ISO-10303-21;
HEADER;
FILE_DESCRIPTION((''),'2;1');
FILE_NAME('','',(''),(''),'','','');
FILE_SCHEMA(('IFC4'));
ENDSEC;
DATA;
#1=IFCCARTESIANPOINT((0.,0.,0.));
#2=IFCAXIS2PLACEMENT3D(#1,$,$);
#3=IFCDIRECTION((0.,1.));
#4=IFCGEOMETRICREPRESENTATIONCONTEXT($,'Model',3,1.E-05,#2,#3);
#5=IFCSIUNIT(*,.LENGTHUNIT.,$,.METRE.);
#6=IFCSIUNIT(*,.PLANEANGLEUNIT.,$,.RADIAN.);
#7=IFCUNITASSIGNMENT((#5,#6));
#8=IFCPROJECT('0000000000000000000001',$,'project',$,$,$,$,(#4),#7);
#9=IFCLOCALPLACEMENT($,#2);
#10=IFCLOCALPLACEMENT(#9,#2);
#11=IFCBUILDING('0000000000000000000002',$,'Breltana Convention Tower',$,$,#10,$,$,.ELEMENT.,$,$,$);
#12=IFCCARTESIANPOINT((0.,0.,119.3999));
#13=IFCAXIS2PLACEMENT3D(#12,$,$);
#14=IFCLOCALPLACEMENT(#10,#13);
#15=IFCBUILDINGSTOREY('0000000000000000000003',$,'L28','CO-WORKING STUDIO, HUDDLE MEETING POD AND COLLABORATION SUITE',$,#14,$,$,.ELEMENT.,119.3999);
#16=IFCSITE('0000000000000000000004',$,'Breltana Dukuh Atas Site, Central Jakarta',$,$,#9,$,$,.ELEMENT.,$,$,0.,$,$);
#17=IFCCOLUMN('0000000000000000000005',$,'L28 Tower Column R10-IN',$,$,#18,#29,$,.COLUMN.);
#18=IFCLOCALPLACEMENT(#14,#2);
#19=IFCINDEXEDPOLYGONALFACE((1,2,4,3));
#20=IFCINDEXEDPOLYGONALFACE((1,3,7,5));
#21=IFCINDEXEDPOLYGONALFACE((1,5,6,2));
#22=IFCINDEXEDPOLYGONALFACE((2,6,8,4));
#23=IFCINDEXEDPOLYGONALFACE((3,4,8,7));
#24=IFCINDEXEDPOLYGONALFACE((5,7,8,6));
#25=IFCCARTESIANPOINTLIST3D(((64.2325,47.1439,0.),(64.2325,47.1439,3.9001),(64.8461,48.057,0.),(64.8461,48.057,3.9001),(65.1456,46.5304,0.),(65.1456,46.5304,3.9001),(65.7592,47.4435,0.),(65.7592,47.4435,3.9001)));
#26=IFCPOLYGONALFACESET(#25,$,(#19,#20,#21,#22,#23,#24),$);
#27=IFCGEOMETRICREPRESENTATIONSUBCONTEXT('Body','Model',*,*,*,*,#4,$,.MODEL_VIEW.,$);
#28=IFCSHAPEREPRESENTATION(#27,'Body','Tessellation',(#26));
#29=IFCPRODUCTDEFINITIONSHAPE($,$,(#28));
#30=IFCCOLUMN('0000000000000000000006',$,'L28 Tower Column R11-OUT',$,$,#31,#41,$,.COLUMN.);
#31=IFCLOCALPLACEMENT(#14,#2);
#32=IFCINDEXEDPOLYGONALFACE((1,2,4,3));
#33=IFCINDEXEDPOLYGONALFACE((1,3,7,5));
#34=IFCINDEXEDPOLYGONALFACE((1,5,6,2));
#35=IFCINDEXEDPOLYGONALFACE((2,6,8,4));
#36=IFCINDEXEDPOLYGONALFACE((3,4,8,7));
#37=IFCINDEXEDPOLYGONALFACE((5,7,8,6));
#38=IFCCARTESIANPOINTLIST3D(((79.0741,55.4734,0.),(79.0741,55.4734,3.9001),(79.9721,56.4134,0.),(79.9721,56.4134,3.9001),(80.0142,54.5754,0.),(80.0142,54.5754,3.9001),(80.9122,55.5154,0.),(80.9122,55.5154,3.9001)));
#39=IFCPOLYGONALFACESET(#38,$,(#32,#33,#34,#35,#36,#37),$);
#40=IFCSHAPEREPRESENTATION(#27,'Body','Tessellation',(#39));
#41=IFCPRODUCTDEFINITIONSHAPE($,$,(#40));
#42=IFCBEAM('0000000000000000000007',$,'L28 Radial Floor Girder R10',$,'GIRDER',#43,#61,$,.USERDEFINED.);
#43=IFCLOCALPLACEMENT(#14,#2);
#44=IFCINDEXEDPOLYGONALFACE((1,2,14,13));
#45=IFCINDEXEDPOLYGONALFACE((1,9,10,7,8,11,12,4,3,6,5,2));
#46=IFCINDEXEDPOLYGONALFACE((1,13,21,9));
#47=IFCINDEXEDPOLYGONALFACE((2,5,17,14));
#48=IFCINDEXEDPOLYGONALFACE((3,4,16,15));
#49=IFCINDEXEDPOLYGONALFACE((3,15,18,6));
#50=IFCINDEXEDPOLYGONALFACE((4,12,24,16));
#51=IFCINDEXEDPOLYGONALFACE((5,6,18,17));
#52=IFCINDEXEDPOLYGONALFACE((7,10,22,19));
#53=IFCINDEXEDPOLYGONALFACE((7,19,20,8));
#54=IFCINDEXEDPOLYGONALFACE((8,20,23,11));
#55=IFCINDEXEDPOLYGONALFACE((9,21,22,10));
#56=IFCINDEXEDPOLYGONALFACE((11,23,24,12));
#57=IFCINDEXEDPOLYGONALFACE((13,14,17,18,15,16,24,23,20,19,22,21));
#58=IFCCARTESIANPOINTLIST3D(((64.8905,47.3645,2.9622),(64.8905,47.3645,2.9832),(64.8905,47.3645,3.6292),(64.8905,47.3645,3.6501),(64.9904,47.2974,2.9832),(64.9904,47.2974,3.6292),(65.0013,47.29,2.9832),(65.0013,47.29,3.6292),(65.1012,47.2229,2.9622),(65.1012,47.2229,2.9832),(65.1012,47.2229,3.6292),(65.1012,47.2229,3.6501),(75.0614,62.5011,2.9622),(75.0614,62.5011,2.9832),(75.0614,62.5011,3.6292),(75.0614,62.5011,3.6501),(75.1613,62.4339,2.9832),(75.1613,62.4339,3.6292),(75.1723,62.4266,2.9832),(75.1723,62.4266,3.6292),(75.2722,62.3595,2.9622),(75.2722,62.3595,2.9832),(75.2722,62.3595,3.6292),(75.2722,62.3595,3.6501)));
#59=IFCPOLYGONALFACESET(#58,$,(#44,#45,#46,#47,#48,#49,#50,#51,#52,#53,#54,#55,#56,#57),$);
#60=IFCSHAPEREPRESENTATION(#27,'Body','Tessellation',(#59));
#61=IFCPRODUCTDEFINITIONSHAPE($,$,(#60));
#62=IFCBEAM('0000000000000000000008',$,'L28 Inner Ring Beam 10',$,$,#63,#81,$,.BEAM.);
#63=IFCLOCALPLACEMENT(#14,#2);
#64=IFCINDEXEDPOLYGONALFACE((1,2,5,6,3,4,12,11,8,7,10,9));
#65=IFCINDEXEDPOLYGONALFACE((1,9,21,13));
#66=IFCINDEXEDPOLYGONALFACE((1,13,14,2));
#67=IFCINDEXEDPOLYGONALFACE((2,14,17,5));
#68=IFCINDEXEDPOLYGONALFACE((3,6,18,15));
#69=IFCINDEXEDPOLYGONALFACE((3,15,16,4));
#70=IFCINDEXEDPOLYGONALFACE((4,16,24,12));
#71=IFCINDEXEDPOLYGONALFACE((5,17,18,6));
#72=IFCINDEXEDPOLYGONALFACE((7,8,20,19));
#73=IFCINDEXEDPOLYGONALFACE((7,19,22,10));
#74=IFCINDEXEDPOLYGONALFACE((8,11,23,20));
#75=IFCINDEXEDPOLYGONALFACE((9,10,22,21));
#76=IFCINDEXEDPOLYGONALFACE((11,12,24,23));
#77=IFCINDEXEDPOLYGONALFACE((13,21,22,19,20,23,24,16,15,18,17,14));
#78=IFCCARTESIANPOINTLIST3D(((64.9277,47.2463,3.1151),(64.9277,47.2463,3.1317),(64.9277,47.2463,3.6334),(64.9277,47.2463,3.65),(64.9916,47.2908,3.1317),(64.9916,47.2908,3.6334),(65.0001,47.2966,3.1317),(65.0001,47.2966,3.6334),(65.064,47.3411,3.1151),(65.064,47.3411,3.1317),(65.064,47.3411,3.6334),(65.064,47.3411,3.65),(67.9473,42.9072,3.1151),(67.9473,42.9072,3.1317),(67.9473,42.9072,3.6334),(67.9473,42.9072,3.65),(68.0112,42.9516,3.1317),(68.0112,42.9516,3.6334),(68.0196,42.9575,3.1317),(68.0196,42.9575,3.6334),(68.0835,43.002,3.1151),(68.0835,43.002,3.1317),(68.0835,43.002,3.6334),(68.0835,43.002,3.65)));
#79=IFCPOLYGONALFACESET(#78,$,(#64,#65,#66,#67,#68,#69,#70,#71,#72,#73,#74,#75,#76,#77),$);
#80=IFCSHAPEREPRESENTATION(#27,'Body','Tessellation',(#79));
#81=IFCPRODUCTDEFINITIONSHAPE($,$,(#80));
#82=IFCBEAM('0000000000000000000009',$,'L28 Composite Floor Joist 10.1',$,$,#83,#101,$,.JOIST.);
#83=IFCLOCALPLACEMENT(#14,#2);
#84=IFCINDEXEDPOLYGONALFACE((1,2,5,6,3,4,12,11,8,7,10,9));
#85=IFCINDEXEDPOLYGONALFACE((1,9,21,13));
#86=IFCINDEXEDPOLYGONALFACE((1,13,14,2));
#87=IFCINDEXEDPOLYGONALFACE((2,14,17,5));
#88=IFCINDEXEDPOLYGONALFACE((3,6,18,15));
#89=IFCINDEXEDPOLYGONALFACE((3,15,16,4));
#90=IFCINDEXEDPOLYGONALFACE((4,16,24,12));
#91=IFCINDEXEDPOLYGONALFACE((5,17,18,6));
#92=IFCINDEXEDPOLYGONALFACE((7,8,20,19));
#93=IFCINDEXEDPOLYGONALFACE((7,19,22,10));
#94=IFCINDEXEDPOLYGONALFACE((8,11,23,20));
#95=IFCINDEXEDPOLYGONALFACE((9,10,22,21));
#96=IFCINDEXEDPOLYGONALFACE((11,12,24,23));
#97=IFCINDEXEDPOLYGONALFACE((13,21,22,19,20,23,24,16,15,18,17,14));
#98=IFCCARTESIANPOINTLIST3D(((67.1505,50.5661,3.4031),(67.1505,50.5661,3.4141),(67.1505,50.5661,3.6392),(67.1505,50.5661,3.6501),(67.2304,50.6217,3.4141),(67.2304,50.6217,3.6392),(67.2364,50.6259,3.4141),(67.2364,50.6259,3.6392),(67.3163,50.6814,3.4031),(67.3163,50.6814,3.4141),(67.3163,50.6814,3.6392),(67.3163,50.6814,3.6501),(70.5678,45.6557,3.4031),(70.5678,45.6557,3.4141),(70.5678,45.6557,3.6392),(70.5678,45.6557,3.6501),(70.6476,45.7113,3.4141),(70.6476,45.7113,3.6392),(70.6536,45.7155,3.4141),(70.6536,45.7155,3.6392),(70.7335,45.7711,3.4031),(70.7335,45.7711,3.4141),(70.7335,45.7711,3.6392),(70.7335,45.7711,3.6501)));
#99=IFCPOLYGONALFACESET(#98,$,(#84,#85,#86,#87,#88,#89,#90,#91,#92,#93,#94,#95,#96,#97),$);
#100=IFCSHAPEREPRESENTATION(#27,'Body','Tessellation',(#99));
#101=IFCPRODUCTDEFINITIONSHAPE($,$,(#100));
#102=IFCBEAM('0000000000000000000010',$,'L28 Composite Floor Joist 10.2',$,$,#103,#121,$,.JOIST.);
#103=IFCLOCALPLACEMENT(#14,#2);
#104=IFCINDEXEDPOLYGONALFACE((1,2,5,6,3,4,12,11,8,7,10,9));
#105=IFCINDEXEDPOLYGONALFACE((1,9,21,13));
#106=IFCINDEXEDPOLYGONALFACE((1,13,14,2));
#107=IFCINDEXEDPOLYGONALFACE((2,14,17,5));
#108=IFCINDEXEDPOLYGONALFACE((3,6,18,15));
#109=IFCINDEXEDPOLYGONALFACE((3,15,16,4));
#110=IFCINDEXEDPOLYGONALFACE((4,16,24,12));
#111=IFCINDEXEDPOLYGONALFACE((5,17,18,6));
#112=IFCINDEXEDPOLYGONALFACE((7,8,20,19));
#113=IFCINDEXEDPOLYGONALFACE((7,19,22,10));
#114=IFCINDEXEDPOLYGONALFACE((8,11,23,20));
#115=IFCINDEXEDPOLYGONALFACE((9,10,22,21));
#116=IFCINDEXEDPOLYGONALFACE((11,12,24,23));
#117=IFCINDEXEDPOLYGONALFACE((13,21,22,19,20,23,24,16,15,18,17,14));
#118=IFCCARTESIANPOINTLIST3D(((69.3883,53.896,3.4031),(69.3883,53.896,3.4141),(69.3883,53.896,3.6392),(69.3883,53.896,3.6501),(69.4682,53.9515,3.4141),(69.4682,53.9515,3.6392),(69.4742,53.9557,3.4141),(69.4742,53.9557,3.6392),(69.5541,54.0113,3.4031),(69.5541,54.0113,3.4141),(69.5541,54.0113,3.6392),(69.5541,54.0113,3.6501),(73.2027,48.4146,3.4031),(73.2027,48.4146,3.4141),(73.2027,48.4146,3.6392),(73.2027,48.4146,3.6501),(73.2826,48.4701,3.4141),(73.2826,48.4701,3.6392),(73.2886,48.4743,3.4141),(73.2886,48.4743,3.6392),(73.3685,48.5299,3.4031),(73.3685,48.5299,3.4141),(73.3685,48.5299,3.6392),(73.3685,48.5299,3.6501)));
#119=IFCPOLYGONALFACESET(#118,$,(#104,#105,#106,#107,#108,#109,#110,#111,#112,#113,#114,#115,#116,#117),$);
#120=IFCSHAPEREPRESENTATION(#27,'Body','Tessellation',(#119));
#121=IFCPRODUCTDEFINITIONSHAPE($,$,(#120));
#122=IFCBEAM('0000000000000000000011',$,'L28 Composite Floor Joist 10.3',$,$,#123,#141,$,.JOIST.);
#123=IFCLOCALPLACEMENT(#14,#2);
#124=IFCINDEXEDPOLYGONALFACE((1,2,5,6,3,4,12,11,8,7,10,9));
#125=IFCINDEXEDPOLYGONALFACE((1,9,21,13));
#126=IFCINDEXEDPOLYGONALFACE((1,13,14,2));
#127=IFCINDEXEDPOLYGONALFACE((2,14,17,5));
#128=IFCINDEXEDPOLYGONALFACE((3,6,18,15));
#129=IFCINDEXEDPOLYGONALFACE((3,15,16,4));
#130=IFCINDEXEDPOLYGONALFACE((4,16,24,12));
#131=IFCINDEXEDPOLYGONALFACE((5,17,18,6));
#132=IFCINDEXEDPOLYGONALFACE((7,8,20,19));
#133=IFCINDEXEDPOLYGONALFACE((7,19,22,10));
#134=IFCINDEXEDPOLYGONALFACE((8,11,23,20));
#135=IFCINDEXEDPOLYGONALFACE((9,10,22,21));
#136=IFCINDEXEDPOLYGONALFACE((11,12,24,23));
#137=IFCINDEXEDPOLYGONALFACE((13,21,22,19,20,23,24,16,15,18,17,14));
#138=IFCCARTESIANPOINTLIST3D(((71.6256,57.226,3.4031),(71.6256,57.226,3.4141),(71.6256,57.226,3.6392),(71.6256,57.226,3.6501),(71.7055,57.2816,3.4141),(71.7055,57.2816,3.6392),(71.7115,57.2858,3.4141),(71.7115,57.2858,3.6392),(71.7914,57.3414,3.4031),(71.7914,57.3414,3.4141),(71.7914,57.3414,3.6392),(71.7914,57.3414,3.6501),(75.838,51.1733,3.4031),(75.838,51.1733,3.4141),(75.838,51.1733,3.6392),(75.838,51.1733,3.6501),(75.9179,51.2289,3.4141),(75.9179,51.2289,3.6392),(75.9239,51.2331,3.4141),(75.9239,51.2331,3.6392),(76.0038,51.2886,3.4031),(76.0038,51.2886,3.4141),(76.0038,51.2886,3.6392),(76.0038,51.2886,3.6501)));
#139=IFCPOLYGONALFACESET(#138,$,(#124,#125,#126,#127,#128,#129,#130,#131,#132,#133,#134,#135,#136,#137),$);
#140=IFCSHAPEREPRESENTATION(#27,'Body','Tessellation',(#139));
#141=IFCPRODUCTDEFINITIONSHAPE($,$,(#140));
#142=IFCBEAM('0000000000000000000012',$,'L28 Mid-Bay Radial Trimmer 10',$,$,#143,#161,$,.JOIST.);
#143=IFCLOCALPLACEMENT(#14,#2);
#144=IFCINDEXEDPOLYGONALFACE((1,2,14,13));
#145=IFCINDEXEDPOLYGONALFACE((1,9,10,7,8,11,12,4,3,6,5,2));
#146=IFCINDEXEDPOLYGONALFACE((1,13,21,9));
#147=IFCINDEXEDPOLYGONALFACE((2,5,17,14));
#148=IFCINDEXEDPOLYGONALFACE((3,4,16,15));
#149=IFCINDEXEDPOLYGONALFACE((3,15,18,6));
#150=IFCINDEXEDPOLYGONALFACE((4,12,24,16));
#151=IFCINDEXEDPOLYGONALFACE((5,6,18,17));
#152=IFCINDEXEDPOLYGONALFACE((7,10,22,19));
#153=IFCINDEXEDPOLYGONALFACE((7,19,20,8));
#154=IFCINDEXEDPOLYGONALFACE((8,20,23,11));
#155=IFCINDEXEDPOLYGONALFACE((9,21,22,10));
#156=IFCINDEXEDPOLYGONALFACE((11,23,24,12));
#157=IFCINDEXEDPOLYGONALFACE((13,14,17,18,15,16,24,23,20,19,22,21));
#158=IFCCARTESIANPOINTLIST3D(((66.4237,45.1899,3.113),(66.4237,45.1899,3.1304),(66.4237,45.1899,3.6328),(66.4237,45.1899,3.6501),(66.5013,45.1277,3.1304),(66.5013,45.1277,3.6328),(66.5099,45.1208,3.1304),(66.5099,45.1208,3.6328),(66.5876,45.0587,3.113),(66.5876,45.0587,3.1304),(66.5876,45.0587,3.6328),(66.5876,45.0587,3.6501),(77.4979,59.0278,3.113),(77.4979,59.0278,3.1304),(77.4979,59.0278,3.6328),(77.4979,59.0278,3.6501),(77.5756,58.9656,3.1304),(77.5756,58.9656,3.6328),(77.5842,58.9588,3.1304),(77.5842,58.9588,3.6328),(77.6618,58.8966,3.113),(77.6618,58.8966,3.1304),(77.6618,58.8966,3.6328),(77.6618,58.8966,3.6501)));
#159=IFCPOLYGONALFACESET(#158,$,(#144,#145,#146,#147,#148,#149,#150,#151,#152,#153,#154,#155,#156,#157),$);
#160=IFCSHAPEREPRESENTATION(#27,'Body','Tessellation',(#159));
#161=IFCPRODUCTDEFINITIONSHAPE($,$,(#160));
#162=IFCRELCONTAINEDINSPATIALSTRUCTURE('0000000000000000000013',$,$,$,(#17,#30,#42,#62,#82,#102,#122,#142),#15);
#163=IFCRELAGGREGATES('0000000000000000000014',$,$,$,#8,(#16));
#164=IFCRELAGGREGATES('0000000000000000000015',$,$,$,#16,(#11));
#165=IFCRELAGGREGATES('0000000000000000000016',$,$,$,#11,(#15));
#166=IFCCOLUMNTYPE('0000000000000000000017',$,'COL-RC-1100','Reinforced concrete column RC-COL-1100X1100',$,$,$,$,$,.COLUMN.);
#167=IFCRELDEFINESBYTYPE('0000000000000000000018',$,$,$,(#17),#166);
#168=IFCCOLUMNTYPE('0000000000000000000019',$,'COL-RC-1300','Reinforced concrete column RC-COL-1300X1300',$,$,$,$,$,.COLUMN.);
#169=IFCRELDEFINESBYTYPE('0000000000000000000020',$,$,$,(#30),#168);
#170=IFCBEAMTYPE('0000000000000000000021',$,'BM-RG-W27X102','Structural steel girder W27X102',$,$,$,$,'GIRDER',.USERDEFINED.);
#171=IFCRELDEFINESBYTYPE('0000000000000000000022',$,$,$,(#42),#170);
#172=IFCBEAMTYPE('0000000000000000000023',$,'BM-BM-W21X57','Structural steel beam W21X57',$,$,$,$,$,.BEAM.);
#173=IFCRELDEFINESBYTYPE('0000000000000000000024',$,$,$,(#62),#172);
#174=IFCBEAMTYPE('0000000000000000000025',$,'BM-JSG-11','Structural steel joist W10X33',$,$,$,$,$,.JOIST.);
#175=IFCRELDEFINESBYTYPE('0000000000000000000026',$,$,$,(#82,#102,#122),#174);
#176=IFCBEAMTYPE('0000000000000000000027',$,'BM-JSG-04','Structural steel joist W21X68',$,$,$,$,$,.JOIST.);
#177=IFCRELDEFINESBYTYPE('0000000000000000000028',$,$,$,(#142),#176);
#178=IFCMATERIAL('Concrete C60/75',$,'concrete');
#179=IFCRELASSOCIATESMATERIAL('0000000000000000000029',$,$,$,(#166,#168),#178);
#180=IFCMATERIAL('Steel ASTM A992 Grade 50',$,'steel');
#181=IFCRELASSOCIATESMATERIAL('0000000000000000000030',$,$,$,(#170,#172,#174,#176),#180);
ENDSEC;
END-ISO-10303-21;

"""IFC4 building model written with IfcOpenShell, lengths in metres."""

from ifc_helpers import new_model, si_unit, direction, frame, origin, origin_2d, place, context, subcontext, project, spatial, rectangle, i_section, extrude, source, transform, mapped, material, material_profile, profile_set, type_object, element, save


model = new_model("IFC4")

# Units and contexts
model_context = context("Model", 3, precision=1e-05, world=origin(), true_north=direction((0.0, 1.0)))
body_context = subcontext(model_context, "Body", "Model", "MODEL_VIEW")
ifc_project = project(units=[si_unit("LENGTHUNIT", "METRE"), si_unit("PLANEANGLEUNIT", "RADIAN")], contexts=[model_context])

# Site, building, storey
site_placement = place(None, origin())
site = spatial("IfcSite", under=ifc_project, at=site_placement, Name="Breltana Dukuh Atas Site, Central Jakarta", CompositionType="ELEMENT", RefElevation=0.0)
building_placement = place(site_placement, origin())
building = spatial("IfcBuilding", under=site, at=building_placement, Name="Breltana Convention Tower", CompositionType="ELEMENT")
storey_placement = place(building_placement, frame((0.0, 0.0, 119.3999)))
storey = spatial("IfcBuildingStorey", under=building, at=storey_placement, Name="L28", Description="CO-WORKING STUDIO, HUDDLE MEETING POD AND COLLABORATION SUITE", CompositionType="ELEMENT", Elevation=119.3999)

# Columns
ifc_material_1 = material(Name="Concrete C60/75", Category="concrete")
ifc_material_profile_1 = material_profile(ifc_material_1, rectangle(XDim=1.1001, YDim=1.1001, at=origin_2d()), Name="RC-COL-1100X1100")
ifc_profile_set_1 = profile_set([ifc_material_profile_1], Name="Concrete C60/75")
column_type_1 = type_object("IfcColumnType", Name="COL-RC-1100", Description="Reinforced concrete column RC-COL-1100X1100", PredefinedType="COLUMN", material=ifc_profile_set_1)
shared_shape_1 = source(origin(), body_context, "Body", "SweptSolid", [
    extrude(rectangle(XDim=1.1001, YDim=1.1001, at=origin_2d()), origin(), (0.0, 0.0, 1.0), 3.9001),
])
column_1_placement = place(storey_placement, frame((64.9958, 47.2937, 0.0), z_axis=(0.0, 0.0, 1.0), x_axis=(0.557745, 0.830012, 0.0)))
element("IfcColumn", 1, at=column_1_placement, inside=storey, type_object=column_type_1, Name="L28 Tower Column R10-IN", PredefinedType="COLUMN", context=body_context, shape_type="MappedRepresentation", body=[
    mapped(shared_shape_1, transform((0.0, 0.0, 0.0), scale=1.0)),
])
ifc_material_profile_2 = material_profile(ifc_material_1, rectangle(XDim=1.3, YDim=1.3, at=origin_2d()), Name="RC-COL-1300X1300")
ifc_profile_set_2 = profile_set([ifc_material_profile_2], Name="Concrete C60/75")
column_type_2 = type_object("IfcColumnType", Name="COL-RC-1300", Description="Reinforced concrete column RC-COL-1300X1300", PredefinedType="COLUMN", material=ifc_profile_set_2)
shared_shape_2 = source(origin(), body_context, "Body", "SweptSolid", [
    extrude(rectangle(XDim=1.3, YDim=1.3, at=origin_2d()), origin(), (0.0, 0.0, 1.0), 3.9001),
])
column_2_placement = place(storey_placement, frame((79.9932, 55.4944, 0.0), z_axis=(0.0, 0.0, 1.0), x_axis=(0.690756, 0.723088, 0.0)))
element("IfcColumn", 2, at=column_2_placement, inside=storey, type_object=column_type_2, Name="L28 Tower Column R11-OUT", PredefinedType="COLUMN", context=body_context, shape_type="MappedRepresentation", body=[
    mapped(shared_shape_2, transform((0.0, 0.0, 0.0), scale=1.0)),
])

# Beams
ifc_material_2 = material(Name="Steel ASTM A992 Grade 50", Category="steel")
ifc_material_profile_3 = material_profile(ifc_material_2, i_section(OverallWidth=0.2539, OverallDepth=0.688, WebThickness=0.0132, FlangeThickness=0.021, at=origin_2d()), Name="W27X102")
ifc_profile_set_3 = profile_set([ifc_material_profile_3], Name="Steel ASTM A992 Grade 50")
beam_type_1 = type_object("IfcBeamType", Name="BM-RG-W27X102", Description="Structural steel girder W27X102", ElementType="GIRDER", PredefinedType="USERDEFINED", material=ifc_profile_set_3)
shared_shape_3 = source(origin(), body_context, "Body", "SweptSolid", [
    extrude(i_section(OverallWidth=0.2539, OverallDepth=0.688, WebThickness=0.0132, FlangeThickness=0.021, at=origin_2d()), origin(), (0.0, 0.0, 1.0), 18.2363),
])
beam_1_placement = place(storey_placement, frame((64.9958, 47.2937, 3.3062), z_axis=(0.55773, 0.830022, 0.0), x_axis=(-0.830022, 0.55773, 0.0)))
element("IfcBeam", 3, at=beam_1_placement, inside=storey, type_object=beam_type_1, Name="L28 Radial Floor Girder R10", ObjectType="GIRDER", PredefinedType="USERDEFINED", context=body_context, shape_type="MappedRepresentation", body=[
    mapped(shared_shape_3, transform((0.0, 0.0, 0.0), scale=1.0)),
])
ifc_material_profile_4 = material_profile(ifc_material_2, i_section(OverallWidth=0.166, OverallDepth=0.5349, WebThickness=0.0103, FlangeThickness=0.0166, at=origin_2d()), Name="W21X57")
ifc_profile_set_4 = profile_set([ifc_material_profile_4], Name="Steel ASTM A992 Grade 50")
beam_type_2 = type_object("IfcBeamType", Name="BM-BM-W21X57", Description="Structural steel beam W21X57", PredefinedType="BEAM", material=ifc_profile_set_4)
shared_shape_4 = source(origin(), body_context, "Body", "SweptSolid", [
    extrude(i_section(OverallWidth=0.166, OverallDepth=0.5349, WebThickness=0.0103, FlangeThickness=0.0166, at=origin_2d()), origin(), (0.0, 0.0, 1.0), 5.2864),
])
beam_2_placement = place(storey_placement, frame((64.9958, 47.2937, 3.3826), z_axis=(0.571194, -0.820815, 0.0), x_axis=(0.820815, 0.571194, 0.0)))
element("IfcBeam", 4, at=beam_2_placement, inside=storey, type_object=beam_type_2, Name="L28 Inner Ring Beam 10", PredefinedType="BEAM", context=body_context, shape_type="MappedRepresentation", body=[
    mapped(shared_shape_4, transform((0.0, 0.0, 0.0), scale=1.0)),
])
ifc_material_profile_5 = material_profile(ifc_material_2, i_section(OverallWidth=0.2019, OverallDepth=0.2471, WebThickness=0.0073, FlangeThickness=0.011, at=origin_2d()), Name="W10X33")
ifc_profile_set_5 = profile_set([ifc_material_profile_5], Name="Steel ASTM A992 Grade 50")
beam_type_3 = type_object("IfcBeamType", Name="BM-JSG-11", Description="Structural steel joist W10X33", PredefinedType="JOIST", material=ifc_profile_set_5)
shared_shape_5 = source(origin(), body_context, "Body", "SweptSolid", [
    extrude(i_section(OverallWidth=0.2019, OverallDepth=0.2471, WebThickness=0.0073, FlangeThickness=0.011, at=origin_2d()), origin(), (0.0, 0.0, 1.0), 5.9824),
])
beam_3_placement = place(storey_placement, frame((67.2334, 50.6238, 3.5266), z_axis=(0.571212, -0.820803, 0.0), x_axis=(0.820803, 0.571212, 0.0)))
element("IfcBeam", 5, at=beam_3_placement, inside=storey, type_object=beam_type_3, Name="L28 Composite Floor Joist 10.1", PredefinedType="JOIST", context=body_context, shape_type="MappedRepresentation", body=[
    mapped(shared_shape_5, transform((0.0, 0.0, 0.0), scale=1.0)),
])
shared_shape_6 = source(origin(), body_context, "Body", "SweptSolid", [
    extrude(i_section(OverallWidth=0.2019, OverallDepth=0.2471, WebThickness=0.0073, FlangeThickness=0.011, at=origin_2d()), origin(), (0.0, 0.0, 1.0), 6.678),
])
beam_4_placement = place(storey_placement, frame((69.4712, 53.9536, 3.5266), z_axis=(0.571193, -0.820816, 0.0), x_axis=(0.820816, 0.571193, 0.0)))
element("IfcBeam", 6, at=beam_4_placement, inside=storey, type_object=beam_type_3, Name="L28 Composite Floor Joist 10.2", PredefinedType="JOIST", context=body_context, shape_type="MappedRepresentation", body=[
    mapped(shared_shape_6, transform((0.0, 0.0, 0.0), scale=1.0)),
])
shared_shape_7 = source(origin(), body_context, "Body", "SweptSolid", [
    extrude(i_section(OverallWidth=0.2019, OverallDepth=0.2471, WebThickness=0.0073, FlangeThickness=0.011, at=origin_2d()), origin(), (0.0, 0.0, 1.0), 7.3743),
])
beam_5_placement = place(storey_placement, frame((71.7085, 57.2837, 3.5266), z_axis=(0.571229, -0.82079, 0.0), x_axis=(0.82079, 0.571229, 0.0)))
element("IfcBeam", 7, at=beam_5_placement, inside=storey, type_object=beam_type_3, Name="L28 Composite Floor Joist 10.3", PredefinedType="JOIST", context=body_context, shape_type="MappedRepresentation", body=[
    mapped(shared_shape_7, transform((0.0, 0.0, 0.0), scale=1.0)),
])
ifc_material_profile_6 = material_profile(ifc_material_2, i_section(OverallWidth=0.21, OverallDepth=0.5371, WebThickness=0.011, FlangeThickness=0.0173, at=origin_2d()), Name="W21X68")
ifc_profile_set_6 = profile_set([ifc_material_profile_6], Name="Steel ASTM A992 Grade 50")
beam_type_4 = type_object("IfcBeamType", Name="BM-JSG-04", Description="Structural steel joist W21X68", PredefinedType="JOIST", material=ifc_profile_set_6)
shared_shape_8 = source(origin(), body_context, "Body", "SweptSolid", [
    extrude(i_section(OverallWidth=0.21, OverallDepth=0.5371, WebThickness=0.011, FlangeThickness=0.0173, at=origin_2d()), origin(), (0.0, 0.0, 1.0), 17.7236),
])
beam_6_placement = place(storey_placement, frame((66.5056, 45.1243, 3.3816), z_axis=(0.624829, 0.780761, 0.0), x_axis=(-0.780761, 0.624829, 0.0)))
element("IfcBeam", 8, at=beam_6_placement, inside=storey, type_object=beam_type_4, Name="L28 Mid-Bay Radial Trimmer 10", PredefinedType="JOIST", context=body_context, shape_type="MappedRepresentation", body=[
    mapped(shared_shape_8, transform((0.0, 0.0, 0.0), scale=1.0)),
])

save(model, "model.ifc")
